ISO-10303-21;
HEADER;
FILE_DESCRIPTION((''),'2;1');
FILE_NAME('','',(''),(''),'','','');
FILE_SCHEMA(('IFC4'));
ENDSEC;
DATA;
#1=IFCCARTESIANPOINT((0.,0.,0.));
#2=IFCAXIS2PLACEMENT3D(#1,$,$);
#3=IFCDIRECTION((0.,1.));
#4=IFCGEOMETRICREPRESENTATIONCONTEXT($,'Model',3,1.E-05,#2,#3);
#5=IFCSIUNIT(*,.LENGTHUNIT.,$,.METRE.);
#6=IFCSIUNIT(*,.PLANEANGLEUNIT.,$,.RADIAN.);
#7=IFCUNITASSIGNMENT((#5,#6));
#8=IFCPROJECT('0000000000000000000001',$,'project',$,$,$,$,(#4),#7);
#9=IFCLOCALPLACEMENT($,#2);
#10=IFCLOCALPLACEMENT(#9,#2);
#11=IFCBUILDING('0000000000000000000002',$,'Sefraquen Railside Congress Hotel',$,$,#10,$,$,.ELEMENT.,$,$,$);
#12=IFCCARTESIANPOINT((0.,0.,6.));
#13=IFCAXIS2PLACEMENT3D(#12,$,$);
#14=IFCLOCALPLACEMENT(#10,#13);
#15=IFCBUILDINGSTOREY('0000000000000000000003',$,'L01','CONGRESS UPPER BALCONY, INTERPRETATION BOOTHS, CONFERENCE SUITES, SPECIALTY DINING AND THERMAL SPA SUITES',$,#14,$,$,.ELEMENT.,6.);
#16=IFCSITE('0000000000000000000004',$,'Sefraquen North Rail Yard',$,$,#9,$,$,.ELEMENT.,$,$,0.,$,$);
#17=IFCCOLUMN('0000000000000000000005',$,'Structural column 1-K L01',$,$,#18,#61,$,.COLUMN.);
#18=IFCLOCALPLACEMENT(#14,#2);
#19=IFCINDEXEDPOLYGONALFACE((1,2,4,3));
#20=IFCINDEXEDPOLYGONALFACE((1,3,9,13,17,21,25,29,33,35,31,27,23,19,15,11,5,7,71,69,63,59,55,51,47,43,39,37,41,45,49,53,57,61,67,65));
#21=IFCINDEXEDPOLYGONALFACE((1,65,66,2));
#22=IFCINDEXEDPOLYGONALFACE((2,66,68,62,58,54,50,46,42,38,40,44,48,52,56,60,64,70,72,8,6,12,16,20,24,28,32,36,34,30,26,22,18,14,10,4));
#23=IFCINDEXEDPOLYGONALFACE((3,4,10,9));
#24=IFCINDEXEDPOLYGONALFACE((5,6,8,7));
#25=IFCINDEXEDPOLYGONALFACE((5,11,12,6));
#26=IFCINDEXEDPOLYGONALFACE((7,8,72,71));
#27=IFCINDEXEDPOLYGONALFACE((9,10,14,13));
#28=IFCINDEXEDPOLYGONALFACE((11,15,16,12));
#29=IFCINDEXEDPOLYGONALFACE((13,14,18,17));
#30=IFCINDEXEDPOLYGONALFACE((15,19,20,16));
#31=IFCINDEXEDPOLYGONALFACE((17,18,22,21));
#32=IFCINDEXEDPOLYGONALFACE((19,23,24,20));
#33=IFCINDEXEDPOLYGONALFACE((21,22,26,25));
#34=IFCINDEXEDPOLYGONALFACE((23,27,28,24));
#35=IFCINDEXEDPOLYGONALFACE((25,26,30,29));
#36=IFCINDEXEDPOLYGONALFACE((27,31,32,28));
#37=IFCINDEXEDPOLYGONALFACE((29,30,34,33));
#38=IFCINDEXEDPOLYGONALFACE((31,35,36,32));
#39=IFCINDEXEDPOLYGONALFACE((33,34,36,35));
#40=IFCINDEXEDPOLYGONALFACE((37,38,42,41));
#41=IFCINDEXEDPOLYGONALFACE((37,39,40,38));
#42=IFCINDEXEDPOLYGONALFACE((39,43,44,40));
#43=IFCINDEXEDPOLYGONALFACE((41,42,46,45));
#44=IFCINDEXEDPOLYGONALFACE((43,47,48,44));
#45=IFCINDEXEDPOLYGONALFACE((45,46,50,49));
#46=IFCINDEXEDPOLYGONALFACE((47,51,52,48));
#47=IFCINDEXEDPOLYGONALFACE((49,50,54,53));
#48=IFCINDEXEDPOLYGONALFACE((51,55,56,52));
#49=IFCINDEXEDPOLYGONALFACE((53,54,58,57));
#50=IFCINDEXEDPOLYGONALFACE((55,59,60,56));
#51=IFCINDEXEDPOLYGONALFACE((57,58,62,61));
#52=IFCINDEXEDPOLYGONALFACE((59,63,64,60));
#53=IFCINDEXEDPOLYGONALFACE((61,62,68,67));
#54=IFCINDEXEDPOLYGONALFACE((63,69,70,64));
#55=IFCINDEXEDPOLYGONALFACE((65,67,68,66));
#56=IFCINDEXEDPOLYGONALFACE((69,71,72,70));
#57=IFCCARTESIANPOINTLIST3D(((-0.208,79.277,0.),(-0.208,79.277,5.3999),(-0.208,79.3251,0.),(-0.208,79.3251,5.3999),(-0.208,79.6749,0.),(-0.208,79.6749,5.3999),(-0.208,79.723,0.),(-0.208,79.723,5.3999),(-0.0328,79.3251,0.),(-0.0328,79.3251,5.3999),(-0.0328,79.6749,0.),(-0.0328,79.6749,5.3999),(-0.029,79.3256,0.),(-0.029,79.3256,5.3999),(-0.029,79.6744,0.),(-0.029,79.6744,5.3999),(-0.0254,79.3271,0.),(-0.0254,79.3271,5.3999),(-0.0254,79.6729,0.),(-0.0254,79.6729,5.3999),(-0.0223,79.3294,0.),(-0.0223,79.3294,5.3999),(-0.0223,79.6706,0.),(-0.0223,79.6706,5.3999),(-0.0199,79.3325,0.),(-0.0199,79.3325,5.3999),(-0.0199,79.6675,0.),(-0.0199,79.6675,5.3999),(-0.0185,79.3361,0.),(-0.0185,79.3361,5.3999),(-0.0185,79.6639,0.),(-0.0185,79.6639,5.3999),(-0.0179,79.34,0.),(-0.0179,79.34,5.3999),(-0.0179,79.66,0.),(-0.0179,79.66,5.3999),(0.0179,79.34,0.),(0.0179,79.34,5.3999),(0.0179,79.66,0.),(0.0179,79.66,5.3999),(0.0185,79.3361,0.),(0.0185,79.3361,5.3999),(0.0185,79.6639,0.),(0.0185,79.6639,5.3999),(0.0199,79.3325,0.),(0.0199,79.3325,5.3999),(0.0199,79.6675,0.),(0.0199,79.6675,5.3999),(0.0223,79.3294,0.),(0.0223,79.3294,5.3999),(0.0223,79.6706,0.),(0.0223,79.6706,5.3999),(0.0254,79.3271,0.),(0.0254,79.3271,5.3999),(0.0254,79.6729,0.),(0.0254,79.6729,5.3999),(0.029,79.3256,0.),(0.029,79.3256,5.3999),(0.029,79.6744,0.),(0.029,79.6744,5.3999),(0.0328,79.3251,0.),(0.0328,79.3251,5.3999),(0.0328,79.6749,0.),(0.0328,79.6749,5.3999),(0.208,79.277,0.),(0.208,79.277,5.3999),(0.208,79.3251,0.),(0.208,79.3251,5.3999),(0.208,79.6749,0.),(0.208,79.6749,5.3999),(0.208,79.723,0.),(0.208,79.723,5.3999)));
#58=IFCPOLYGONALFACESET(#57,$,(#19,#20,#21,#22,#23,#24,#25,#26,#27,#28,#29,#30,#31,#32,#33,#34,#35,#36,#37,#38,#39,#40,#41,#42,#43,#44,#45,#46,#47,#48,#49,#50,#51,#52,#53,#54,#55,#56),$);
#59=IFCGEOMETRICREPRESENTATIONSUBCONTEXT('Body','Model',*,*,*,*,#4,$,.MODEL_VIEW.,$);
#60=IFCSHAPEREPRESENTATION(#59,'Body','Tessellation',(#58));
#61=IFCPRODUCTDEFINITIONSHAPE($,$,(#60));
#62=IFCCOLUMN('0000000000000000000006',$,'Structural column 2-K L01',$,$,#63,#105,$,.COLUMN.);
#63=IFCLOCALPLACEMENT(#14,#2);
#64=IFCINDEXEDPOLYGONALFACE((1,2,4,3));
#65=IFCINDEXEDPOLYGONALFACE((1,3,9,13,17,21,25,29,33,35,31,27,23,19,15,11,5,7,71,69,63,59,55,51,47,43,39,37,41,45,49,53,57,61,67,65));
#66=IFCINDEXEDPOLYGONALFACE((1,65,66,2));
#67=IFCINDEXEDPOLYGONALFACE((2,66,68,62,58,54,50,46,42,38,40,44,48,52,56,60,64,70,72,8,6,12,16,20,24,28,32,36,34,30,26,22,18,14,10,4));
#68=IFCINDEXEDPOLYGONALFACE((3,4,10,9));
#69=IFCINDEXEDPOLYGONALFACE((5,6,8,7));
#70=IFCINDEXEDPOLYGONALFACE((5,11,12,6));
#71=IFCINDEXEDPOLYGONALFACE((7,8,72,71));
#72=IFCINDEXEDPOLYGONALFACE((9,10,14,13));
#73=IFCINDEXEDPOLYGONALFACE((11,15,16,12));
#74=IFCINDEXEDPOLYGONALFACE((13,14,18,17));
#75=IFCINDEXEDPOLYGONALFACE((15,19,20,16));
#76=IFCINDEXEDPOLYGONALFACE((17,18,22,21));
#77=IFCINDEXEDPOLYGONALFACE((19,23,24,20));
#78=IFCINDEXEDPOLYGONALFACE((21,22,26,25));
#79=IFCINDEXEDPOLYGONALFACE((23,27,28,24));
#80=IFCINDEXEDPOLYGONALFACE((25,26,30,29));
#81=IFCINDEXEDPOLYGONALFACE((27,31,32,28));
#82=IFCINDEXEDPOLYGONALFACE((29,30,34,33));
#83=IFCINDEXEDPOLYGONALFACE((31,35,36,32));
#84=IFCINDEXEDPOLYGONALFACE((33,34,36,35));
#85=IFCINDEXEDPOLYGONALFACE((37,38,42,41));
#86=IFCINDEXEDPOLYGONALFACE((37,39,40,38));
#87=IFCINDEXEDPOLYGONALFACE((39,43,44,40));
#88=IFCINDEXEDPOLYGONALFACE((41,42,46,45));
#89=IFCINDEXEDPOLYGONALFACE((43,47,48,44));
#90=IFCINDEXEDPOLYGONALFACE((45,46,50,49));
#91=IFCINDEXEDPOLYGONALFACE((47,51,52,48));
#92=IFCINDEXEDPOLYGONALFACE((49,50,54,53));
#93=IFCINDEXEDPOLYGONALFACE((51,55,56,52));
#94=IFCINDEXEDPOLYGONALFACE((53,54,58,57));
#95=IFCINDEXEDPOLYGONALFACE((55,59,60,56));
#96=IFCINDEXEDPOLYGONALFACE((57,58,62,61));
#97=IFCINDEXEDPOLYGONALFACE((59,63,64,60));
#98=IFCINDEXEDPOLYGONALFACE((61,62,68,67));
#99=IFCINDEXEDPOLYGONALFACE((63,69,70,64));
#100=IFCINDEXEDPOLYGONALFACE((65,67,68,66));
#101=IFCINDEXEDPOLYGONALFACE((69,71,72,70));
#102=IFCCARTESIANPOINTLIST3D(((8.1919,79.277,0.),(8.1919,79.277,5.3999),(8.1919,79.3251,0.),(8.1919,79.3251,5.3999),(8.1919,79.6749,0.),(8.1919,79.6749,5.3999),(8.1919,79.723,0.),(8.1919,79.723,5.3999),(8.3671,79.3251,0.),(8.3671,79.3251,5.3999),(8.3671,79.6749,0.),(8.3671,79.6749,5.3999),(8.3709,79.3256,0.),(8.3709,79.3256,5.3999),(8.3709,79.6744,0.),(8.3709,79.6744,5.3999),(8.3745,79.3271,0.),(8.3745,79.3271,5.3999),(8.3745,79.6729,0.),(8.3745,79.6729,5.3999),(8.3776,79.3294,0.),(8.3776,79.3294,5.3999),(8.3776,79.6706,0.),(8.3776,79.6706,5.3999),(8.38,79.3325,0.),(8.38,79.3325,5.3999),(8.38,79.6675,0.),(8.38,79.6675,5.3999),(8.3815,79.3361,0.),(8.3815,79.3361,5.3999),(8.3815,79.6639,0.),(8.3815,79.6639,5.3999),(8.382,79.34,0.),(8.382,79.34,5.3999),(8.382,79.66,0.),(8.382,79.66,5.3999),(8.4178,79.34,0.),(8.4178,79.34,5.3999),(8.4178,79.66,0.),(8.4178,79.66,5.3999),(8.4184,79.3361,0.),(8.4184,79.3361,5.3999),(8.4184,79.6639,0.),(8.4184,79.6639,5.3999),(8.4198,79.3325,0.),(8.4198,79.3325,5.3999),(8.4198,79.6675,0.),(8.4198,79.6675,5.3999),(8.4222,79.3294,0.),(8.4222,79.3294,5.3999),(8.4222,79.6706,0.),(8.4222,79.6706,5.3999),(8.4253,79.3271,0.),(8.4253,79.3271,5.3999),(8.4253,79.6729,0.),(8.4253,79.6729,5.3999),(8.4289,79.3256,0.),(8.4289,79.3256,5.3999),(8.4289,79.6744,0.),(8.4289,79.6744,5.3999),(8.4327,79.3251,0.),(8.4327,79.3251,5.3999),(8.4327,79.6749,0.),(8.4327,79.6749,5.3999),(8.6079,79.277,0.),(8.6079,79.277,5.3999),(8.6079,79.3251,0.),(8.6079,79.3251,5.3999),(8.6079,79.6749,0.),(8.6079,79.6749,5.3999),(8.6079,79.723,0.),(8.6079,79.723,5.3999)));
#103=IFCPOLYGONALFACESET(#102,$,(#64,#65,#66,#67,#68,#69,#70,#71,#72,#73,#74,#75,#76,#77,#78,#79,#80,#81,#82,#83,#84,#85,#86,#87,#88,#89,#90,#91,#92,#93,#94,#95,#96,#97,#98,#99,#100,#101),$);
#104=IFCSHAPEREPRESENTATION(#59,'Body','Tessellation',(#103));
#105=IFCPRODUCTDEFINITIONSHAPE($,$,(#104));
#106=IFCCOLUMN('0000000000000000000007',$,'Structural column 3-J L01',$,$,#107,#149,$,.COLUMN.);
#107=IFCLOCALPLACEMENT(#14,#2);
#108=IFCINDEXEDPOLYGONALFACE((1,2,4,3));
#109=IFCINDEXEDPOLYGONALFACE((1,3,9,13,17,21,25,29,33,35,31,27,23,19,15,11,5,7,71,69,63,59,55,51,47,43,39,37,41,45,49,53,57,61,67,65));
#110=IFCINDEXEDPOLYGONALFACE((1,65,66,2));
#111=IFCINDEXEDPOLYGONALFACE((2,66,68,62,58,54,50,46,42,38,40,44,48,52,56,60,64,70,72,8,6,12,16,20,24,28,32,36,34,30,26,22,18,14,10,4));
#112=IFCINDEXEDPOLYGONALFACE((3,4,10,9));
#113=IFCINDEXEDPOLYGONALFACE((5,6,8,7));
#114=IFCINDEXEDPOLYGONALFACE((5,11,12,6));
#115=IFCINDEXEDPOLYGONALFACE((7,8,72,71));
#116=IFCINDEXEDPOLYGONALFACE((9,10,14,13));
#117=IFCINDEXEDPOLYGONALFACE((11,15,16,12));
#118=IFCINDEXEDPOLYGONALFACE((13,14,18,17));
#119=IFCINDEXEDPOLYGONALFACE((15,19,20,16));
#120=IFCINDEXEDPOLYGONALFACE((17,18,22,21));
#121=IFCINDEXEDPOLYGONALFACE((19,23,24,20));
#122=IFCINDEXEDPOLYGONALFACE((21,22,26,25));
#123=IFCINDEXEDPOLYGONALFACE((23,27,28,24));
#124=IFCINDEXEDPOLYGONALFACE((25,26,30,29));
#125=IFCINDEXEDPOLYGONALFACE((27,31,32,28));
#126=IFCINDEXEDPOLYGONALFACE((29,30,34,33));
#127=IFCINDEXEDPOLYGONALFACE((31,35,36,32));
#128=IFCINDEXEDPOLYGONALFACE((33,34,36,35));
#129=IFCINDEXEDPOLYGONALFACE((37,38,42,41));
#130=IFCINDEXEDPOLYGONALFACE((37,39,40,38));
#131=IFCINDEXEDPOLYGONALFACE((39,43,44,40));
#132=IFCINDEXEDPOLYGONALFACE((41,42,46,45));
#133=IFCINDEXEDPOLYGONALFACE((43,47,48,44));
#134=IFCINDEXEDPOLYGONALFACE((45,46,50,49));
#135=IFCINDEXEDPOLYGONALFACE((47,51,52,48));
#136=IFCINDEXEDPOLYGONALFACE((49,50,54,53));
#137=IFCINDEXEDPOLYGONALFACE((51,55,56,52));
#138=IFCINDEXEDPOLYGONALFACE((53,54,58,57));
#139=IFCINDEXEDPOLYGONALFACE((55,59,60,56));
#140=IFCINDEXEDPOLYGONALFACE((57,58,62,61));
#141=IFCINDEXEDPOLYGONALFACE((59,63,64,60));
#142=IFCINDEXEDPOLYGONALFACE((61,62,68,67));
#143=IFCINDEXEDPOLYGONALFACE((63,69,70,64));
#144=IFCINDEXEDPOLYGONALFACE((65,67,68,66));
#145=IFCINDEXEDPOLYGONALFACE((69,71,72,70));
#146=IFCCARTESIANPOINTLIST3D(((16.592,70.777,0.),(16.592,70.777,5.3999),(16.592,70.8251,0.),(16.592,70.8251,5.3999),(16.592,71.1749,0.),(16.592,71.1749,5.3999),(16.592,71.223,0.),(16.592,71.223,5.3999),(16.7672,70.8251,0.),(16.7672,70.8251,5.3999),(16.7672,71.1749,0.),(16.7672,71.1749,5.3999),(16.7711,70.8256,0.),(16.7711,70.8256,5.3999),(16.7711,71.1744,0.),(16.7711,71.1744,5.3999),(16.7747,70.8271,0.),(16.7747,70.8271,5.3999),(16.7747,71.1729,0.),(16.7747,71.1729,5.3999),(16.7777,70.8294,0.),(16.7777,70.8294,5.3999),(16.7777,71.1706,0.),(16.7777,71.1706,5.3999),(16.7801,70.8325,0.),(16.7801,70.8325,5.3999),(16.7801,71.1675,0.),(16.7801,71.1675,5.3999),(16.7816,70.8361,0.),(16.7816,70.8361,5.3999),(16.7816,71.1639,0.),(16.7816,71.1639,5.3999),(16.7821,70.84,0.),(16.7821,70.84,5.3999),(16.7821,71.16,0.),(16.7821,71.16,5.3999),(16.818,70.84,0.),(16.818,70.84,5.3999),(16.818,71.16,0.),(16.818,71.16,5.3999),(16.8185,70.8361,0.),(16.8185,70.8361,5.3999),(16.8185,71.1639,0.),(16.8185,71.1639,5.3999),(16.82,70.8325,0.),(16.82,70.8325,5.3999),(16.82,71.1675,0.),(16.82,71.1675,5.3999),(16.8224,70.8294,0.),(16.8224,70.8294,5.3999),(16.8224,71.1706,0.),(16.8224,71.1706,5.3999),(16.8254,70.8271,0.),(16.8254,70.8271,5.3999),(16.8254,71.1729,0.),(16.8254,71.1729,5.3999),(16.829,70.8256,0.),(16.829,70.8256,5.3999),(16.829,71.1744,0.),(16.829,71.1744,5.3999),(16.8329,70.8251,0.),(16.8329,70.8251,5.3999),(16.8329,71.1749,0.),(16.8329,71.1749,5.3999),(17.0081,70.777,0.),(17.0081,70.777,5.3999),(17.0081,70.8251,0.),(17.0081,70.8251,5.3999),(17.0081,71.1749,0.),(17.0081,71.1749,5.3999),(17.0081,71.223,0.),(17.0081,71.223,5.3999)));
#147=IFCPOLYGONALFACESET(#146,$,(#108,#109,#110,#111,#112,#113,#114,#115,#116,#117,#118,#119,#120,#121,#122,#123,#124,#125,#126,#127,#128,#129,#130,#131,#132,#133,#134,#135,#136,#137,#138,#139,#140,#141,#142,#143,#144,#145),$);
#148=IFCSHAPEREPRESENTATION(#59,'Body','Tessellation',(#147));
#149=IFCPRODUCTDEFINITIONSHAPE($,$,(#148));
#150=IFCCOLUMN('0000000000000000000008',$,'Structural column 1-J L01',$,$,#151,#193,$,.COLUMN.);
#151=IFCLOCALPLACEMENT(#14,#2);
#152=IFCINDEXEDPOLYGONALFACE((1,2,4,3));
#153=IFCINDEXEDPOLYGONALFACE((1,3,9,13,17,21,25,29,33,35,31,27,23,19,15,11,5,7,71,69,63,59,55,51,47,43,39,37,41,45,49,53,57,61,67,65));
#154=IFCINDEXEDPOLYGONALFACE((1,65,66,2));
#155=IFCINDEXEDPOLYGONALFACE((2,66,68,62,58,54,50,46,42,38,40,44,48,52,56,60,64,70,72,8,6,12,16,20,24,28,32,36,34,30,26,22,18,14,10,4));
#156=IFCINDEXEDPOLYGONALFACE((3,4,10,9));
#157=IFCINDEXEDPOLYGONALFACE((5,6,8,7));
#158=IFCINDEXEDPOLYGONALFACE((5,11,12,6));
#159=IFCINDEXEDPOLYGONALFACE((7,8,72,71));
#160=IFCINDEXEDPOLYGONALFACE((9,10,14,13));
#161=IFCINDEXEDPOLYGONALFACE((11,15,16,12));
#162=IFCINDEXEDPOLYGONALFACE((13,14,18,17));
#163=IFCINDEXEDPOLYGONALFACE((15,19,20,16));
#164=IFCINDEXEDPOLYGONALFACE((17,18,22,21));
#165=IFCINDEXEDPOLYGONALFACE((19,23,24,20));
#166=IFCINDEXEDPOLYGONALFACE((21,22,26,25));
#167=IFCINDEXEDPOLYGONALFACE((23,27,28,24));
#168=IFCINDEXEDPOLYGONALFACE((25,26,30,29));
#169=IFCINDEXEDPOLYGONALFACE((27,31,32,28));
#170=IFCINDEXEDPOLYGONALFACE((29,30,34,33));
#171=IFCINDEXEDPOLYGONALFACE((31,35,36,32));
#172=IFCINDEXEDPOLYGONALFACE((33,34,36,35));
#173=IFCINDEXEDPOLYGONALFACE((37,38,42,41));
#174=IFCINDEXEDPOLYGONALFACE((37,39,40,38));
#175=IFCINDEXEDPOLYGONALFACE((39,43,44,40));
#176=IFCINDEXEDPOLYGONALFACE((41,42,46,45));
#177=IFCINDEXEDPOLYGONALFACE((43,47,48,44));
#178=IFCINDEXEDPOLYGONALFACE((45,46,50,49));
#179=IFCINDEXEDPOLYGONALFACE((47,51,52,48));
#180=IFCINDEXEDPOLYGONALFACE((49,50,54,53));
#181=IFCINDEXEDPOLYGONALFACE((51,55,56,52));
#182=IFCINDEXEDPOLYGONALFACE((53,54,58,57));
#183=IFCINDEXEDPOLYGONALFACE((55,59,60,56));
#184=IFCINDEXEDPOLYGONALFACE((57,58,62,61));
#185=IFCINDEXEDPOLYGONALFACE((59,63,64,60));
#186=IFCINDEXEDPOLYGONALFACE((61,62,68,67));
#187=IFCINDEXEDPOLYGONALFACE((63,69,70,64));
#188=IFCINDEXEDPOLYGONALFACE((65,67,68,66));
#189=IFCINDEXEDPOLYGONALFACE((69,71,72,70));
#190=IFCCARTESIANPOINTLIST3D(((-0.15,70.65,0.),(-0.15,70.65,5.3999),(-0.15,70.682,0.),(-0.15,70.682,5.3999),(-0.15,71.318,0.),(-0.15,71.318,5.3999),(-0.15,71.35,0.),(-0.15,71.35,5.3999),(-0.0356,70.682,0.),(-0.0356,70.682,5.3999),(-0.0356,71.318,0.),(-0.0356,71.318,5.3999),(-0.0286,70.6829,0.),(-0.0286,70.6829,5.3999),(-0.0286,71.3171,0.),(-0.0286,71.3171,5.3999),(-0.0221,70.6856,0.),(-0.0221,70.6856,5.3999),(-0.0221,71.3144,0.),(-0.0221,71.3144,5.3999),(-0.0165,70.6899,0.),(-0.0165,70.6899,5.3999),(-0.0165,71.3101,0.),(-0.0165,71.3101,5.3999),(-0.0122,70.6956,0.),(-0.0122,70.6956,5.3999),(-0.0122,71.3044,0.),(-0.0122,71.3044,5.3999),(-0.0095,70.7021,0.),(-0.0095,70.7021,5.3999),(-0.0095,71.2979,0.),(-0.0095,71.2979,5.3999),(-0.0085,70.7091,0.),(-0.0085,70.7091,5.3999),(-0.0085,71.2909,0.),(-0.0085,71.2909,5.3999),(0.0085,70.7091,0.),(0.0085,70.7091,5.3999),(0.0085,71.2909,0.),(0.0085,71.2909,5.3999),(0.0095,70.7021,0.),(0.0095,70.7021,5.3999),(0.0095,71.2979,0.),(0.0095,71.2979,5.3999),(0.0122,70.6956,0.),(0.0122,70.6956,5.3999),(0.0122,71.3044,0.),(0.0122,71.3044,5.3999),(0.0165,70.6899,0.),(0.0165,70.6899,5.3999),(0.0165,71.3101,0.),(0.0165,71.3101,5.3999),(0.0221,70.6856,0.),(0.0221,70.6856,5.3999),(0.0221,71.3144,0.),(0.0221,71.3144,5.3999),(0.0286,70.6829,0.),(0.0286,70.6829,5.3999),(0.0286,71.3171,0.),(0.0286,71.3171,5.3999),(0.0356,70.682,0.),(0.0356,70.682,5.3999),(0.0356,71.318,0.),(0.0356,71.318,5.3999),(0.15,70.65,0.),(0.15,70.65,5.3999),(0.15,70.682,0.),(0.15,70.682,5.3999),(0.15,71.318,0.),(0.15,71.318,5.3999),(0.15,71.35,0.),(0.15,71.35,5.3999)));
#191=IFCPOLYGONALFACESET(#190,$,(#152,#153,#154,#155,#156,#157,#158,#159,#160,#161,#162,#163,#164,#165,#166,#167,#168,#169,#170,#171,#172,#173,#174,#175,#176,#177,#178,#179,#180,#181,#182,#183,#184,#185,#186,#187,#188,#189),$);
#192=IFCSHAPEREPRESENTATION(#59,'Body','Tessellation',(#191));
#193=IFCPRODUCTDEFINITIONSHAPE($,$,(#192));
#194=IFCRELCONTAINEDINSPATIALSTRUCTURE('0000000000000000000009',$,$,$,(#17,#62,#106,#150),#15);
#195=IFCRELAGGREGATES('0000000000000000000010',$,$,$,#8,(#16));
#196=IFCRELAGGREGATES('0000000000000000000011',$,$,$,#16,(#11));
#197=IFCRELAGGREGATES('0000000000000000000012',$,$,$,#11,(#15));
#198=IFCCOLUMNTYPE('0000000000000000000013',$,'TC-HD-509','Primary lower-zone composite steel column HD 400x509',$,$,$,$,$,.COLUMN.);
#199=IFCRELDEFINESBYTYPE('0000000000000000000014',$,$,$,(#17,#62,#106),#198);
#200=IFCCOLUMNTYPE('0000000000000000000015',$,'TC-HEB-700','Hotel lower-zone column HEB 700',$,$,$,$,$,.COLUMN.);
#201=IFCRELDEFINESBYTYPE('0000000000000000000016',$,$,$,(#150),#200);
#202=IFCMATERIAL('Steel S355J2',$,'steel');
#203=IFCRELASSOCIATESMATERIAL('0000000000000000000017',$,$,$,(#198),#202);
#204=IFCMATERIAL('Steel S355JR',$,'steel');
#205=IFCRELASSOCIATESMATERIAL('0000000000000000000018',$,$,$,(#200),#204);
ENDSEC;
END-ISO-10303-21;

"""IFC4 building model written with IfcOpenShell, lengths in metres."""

from ifc_helpers import new_model, si_unit, direction, frame, origin, origin_2d, place, context, subcontext, project, spatial, i_section, extrude, material, material_profile, profile_set, type_object, element, save


model = new_model("IFC4")

# Units and contexts
model_context = context("Model", 3, precision=1e-05, world=origin(), true_north=direction((0.0, 1.0)))
body_context = subcontext(model_context, "Body", "Model", "MODEL_VIEW")
ifc_project = project(units=[si_unit("LENGTHUNIT", "METRE"), si_unit("PLANEANGLEUNIT", "RADIAN")], contexts=[model_context])

# Site, building, storey
site_placement = place(None, origin())
site = spatial("IfcSite", under=ifc_project, at=site_placement, Name="Sefraquen North Rail Yard", CompositionType="ELEMENT", RefElevation=0.0)
building_placement = place(site_placement, origin())
building = spatial("IfcBuilding", under=site, at=building_placement, Name="Sefraquen Railside Congress Hotel", CompositionType="ELEMENT")
storey_placement = place(building_placement, frame((0.0, 0.0, 6.0)))
storey = spatial("IfcBuildingStorey", under=building, at=storey_placement, Name="L01", Description="CONGRESS UPPER BALCONY, INTERPRETATION BOOTHS, CONFERENCE SUITES, SPECIALTY DINING AND THERMAL SPA SUITES", CompositionType="ELEMENT", Elevation=6.0)

# Columns
ifc_material_1 = material(Name="Steel S355J2", Category="steel")
ifc_material_profile_1 = material_profile(ifc_material_1, i_section(OverallWidth=0.416, OverallDepth=0.446, WebThickness=0.0359, FlangeThickness=0.0481, FilletRadius=0.0149, at=origin_2d()), Name="HD 400x509")
ifc_profile_set_1 = profile_set([ifc_material_profile_1], Name="Steel S355J2")
column_type_1 = type_object("IfcColumnType", Name="TC-HD-509", Description="Primary lower-zone composite steel column HD 400x509", PredefinedType="COLUMN", material=ifc_profile_set_1)
for number, where, z_axis, x_axis, name in (
    (1, (0.0, 79.5, 0.0), (0.0, 0.0, 1.0), (1.0, 0.0, 0.0), "Structural column 1-K L01"),
    (2, (8.3999, 79.5, 0.0), (0.0, 0.0, 1.0), (1.0, 0.0, 0.0), "Structural column 2-K L01"),
    (3, (16.8, 71.0, 0.0), (0.0, 0.0, 1.0), (1.0, 0.0, 0.0), "Structural column 3-J L01"),
):
    element("IfcColumn", number, at=place(storey_placement, frame(where, z_axis=z_axis, x_axis=x_axis)), inside=storey, type_object=column_type_1, Name=name, PredefinedType="COLUMN", context=body_context, shape_type="SweptSolid", body=[
        extrude(i_section(OverallWidth=0.416, OverallDepth=0.446, WebThickness=0.0359, FlangeThickness=0.0481, FilletRadius=0.0149, at=origin_2d()), origin(), (0.0, 0.0, 1.0), 5.3999),
    ])
ifc_material_2 = material(Name="Steel S355JR", Category="steel")
ifc_material_profile_2 = material_profile(ifc_material_2, i_section(OverallWidth=0.3, OverallDepth=0.7, WebThickness=0.0171, FlangeThickness=0.032, FilletRadius=0.0271, at=origin_2d()), Name="HEB 700")
ifc_profile_set_2 = profile_set([ifc_material_profile_2], Name="Steel S355JR")
column_type_2 = type_object("IfcColumnType", Name="TC-HEB-700", Description="Hotel lower-zone column HEB 700", PredefinedType="COLUMN", material=ifc_profile_set_2)
for number, where, z_axis, x_axis, name in (
    (4, (0.0, 71.0, 0.0), (0.0, 0.0, 1.0), (1.0, 0.0, 0.0), "Structural column 1-J L01"),
):
    element("IfcColumn", number, at=place(storey_placement, frame(where, z_axis=z_axis, x_axis=x_axis)), inside=storey, type_object=column_type_2, Name=name, PredefinedType="COLUMN", context=body_context, shape_type="SweptSolid", body=[
        extrude(i_section(OverallWidth=0.3, OverallDepth=0.7, WebThickness=0.0171, FlangeThickness=0.032, FilletRadius=0.0271, at=origin_2d()), origin(), (0.0, 0.0, 1.0), 5.3999),
    ])

save(model, "model.ifc")
